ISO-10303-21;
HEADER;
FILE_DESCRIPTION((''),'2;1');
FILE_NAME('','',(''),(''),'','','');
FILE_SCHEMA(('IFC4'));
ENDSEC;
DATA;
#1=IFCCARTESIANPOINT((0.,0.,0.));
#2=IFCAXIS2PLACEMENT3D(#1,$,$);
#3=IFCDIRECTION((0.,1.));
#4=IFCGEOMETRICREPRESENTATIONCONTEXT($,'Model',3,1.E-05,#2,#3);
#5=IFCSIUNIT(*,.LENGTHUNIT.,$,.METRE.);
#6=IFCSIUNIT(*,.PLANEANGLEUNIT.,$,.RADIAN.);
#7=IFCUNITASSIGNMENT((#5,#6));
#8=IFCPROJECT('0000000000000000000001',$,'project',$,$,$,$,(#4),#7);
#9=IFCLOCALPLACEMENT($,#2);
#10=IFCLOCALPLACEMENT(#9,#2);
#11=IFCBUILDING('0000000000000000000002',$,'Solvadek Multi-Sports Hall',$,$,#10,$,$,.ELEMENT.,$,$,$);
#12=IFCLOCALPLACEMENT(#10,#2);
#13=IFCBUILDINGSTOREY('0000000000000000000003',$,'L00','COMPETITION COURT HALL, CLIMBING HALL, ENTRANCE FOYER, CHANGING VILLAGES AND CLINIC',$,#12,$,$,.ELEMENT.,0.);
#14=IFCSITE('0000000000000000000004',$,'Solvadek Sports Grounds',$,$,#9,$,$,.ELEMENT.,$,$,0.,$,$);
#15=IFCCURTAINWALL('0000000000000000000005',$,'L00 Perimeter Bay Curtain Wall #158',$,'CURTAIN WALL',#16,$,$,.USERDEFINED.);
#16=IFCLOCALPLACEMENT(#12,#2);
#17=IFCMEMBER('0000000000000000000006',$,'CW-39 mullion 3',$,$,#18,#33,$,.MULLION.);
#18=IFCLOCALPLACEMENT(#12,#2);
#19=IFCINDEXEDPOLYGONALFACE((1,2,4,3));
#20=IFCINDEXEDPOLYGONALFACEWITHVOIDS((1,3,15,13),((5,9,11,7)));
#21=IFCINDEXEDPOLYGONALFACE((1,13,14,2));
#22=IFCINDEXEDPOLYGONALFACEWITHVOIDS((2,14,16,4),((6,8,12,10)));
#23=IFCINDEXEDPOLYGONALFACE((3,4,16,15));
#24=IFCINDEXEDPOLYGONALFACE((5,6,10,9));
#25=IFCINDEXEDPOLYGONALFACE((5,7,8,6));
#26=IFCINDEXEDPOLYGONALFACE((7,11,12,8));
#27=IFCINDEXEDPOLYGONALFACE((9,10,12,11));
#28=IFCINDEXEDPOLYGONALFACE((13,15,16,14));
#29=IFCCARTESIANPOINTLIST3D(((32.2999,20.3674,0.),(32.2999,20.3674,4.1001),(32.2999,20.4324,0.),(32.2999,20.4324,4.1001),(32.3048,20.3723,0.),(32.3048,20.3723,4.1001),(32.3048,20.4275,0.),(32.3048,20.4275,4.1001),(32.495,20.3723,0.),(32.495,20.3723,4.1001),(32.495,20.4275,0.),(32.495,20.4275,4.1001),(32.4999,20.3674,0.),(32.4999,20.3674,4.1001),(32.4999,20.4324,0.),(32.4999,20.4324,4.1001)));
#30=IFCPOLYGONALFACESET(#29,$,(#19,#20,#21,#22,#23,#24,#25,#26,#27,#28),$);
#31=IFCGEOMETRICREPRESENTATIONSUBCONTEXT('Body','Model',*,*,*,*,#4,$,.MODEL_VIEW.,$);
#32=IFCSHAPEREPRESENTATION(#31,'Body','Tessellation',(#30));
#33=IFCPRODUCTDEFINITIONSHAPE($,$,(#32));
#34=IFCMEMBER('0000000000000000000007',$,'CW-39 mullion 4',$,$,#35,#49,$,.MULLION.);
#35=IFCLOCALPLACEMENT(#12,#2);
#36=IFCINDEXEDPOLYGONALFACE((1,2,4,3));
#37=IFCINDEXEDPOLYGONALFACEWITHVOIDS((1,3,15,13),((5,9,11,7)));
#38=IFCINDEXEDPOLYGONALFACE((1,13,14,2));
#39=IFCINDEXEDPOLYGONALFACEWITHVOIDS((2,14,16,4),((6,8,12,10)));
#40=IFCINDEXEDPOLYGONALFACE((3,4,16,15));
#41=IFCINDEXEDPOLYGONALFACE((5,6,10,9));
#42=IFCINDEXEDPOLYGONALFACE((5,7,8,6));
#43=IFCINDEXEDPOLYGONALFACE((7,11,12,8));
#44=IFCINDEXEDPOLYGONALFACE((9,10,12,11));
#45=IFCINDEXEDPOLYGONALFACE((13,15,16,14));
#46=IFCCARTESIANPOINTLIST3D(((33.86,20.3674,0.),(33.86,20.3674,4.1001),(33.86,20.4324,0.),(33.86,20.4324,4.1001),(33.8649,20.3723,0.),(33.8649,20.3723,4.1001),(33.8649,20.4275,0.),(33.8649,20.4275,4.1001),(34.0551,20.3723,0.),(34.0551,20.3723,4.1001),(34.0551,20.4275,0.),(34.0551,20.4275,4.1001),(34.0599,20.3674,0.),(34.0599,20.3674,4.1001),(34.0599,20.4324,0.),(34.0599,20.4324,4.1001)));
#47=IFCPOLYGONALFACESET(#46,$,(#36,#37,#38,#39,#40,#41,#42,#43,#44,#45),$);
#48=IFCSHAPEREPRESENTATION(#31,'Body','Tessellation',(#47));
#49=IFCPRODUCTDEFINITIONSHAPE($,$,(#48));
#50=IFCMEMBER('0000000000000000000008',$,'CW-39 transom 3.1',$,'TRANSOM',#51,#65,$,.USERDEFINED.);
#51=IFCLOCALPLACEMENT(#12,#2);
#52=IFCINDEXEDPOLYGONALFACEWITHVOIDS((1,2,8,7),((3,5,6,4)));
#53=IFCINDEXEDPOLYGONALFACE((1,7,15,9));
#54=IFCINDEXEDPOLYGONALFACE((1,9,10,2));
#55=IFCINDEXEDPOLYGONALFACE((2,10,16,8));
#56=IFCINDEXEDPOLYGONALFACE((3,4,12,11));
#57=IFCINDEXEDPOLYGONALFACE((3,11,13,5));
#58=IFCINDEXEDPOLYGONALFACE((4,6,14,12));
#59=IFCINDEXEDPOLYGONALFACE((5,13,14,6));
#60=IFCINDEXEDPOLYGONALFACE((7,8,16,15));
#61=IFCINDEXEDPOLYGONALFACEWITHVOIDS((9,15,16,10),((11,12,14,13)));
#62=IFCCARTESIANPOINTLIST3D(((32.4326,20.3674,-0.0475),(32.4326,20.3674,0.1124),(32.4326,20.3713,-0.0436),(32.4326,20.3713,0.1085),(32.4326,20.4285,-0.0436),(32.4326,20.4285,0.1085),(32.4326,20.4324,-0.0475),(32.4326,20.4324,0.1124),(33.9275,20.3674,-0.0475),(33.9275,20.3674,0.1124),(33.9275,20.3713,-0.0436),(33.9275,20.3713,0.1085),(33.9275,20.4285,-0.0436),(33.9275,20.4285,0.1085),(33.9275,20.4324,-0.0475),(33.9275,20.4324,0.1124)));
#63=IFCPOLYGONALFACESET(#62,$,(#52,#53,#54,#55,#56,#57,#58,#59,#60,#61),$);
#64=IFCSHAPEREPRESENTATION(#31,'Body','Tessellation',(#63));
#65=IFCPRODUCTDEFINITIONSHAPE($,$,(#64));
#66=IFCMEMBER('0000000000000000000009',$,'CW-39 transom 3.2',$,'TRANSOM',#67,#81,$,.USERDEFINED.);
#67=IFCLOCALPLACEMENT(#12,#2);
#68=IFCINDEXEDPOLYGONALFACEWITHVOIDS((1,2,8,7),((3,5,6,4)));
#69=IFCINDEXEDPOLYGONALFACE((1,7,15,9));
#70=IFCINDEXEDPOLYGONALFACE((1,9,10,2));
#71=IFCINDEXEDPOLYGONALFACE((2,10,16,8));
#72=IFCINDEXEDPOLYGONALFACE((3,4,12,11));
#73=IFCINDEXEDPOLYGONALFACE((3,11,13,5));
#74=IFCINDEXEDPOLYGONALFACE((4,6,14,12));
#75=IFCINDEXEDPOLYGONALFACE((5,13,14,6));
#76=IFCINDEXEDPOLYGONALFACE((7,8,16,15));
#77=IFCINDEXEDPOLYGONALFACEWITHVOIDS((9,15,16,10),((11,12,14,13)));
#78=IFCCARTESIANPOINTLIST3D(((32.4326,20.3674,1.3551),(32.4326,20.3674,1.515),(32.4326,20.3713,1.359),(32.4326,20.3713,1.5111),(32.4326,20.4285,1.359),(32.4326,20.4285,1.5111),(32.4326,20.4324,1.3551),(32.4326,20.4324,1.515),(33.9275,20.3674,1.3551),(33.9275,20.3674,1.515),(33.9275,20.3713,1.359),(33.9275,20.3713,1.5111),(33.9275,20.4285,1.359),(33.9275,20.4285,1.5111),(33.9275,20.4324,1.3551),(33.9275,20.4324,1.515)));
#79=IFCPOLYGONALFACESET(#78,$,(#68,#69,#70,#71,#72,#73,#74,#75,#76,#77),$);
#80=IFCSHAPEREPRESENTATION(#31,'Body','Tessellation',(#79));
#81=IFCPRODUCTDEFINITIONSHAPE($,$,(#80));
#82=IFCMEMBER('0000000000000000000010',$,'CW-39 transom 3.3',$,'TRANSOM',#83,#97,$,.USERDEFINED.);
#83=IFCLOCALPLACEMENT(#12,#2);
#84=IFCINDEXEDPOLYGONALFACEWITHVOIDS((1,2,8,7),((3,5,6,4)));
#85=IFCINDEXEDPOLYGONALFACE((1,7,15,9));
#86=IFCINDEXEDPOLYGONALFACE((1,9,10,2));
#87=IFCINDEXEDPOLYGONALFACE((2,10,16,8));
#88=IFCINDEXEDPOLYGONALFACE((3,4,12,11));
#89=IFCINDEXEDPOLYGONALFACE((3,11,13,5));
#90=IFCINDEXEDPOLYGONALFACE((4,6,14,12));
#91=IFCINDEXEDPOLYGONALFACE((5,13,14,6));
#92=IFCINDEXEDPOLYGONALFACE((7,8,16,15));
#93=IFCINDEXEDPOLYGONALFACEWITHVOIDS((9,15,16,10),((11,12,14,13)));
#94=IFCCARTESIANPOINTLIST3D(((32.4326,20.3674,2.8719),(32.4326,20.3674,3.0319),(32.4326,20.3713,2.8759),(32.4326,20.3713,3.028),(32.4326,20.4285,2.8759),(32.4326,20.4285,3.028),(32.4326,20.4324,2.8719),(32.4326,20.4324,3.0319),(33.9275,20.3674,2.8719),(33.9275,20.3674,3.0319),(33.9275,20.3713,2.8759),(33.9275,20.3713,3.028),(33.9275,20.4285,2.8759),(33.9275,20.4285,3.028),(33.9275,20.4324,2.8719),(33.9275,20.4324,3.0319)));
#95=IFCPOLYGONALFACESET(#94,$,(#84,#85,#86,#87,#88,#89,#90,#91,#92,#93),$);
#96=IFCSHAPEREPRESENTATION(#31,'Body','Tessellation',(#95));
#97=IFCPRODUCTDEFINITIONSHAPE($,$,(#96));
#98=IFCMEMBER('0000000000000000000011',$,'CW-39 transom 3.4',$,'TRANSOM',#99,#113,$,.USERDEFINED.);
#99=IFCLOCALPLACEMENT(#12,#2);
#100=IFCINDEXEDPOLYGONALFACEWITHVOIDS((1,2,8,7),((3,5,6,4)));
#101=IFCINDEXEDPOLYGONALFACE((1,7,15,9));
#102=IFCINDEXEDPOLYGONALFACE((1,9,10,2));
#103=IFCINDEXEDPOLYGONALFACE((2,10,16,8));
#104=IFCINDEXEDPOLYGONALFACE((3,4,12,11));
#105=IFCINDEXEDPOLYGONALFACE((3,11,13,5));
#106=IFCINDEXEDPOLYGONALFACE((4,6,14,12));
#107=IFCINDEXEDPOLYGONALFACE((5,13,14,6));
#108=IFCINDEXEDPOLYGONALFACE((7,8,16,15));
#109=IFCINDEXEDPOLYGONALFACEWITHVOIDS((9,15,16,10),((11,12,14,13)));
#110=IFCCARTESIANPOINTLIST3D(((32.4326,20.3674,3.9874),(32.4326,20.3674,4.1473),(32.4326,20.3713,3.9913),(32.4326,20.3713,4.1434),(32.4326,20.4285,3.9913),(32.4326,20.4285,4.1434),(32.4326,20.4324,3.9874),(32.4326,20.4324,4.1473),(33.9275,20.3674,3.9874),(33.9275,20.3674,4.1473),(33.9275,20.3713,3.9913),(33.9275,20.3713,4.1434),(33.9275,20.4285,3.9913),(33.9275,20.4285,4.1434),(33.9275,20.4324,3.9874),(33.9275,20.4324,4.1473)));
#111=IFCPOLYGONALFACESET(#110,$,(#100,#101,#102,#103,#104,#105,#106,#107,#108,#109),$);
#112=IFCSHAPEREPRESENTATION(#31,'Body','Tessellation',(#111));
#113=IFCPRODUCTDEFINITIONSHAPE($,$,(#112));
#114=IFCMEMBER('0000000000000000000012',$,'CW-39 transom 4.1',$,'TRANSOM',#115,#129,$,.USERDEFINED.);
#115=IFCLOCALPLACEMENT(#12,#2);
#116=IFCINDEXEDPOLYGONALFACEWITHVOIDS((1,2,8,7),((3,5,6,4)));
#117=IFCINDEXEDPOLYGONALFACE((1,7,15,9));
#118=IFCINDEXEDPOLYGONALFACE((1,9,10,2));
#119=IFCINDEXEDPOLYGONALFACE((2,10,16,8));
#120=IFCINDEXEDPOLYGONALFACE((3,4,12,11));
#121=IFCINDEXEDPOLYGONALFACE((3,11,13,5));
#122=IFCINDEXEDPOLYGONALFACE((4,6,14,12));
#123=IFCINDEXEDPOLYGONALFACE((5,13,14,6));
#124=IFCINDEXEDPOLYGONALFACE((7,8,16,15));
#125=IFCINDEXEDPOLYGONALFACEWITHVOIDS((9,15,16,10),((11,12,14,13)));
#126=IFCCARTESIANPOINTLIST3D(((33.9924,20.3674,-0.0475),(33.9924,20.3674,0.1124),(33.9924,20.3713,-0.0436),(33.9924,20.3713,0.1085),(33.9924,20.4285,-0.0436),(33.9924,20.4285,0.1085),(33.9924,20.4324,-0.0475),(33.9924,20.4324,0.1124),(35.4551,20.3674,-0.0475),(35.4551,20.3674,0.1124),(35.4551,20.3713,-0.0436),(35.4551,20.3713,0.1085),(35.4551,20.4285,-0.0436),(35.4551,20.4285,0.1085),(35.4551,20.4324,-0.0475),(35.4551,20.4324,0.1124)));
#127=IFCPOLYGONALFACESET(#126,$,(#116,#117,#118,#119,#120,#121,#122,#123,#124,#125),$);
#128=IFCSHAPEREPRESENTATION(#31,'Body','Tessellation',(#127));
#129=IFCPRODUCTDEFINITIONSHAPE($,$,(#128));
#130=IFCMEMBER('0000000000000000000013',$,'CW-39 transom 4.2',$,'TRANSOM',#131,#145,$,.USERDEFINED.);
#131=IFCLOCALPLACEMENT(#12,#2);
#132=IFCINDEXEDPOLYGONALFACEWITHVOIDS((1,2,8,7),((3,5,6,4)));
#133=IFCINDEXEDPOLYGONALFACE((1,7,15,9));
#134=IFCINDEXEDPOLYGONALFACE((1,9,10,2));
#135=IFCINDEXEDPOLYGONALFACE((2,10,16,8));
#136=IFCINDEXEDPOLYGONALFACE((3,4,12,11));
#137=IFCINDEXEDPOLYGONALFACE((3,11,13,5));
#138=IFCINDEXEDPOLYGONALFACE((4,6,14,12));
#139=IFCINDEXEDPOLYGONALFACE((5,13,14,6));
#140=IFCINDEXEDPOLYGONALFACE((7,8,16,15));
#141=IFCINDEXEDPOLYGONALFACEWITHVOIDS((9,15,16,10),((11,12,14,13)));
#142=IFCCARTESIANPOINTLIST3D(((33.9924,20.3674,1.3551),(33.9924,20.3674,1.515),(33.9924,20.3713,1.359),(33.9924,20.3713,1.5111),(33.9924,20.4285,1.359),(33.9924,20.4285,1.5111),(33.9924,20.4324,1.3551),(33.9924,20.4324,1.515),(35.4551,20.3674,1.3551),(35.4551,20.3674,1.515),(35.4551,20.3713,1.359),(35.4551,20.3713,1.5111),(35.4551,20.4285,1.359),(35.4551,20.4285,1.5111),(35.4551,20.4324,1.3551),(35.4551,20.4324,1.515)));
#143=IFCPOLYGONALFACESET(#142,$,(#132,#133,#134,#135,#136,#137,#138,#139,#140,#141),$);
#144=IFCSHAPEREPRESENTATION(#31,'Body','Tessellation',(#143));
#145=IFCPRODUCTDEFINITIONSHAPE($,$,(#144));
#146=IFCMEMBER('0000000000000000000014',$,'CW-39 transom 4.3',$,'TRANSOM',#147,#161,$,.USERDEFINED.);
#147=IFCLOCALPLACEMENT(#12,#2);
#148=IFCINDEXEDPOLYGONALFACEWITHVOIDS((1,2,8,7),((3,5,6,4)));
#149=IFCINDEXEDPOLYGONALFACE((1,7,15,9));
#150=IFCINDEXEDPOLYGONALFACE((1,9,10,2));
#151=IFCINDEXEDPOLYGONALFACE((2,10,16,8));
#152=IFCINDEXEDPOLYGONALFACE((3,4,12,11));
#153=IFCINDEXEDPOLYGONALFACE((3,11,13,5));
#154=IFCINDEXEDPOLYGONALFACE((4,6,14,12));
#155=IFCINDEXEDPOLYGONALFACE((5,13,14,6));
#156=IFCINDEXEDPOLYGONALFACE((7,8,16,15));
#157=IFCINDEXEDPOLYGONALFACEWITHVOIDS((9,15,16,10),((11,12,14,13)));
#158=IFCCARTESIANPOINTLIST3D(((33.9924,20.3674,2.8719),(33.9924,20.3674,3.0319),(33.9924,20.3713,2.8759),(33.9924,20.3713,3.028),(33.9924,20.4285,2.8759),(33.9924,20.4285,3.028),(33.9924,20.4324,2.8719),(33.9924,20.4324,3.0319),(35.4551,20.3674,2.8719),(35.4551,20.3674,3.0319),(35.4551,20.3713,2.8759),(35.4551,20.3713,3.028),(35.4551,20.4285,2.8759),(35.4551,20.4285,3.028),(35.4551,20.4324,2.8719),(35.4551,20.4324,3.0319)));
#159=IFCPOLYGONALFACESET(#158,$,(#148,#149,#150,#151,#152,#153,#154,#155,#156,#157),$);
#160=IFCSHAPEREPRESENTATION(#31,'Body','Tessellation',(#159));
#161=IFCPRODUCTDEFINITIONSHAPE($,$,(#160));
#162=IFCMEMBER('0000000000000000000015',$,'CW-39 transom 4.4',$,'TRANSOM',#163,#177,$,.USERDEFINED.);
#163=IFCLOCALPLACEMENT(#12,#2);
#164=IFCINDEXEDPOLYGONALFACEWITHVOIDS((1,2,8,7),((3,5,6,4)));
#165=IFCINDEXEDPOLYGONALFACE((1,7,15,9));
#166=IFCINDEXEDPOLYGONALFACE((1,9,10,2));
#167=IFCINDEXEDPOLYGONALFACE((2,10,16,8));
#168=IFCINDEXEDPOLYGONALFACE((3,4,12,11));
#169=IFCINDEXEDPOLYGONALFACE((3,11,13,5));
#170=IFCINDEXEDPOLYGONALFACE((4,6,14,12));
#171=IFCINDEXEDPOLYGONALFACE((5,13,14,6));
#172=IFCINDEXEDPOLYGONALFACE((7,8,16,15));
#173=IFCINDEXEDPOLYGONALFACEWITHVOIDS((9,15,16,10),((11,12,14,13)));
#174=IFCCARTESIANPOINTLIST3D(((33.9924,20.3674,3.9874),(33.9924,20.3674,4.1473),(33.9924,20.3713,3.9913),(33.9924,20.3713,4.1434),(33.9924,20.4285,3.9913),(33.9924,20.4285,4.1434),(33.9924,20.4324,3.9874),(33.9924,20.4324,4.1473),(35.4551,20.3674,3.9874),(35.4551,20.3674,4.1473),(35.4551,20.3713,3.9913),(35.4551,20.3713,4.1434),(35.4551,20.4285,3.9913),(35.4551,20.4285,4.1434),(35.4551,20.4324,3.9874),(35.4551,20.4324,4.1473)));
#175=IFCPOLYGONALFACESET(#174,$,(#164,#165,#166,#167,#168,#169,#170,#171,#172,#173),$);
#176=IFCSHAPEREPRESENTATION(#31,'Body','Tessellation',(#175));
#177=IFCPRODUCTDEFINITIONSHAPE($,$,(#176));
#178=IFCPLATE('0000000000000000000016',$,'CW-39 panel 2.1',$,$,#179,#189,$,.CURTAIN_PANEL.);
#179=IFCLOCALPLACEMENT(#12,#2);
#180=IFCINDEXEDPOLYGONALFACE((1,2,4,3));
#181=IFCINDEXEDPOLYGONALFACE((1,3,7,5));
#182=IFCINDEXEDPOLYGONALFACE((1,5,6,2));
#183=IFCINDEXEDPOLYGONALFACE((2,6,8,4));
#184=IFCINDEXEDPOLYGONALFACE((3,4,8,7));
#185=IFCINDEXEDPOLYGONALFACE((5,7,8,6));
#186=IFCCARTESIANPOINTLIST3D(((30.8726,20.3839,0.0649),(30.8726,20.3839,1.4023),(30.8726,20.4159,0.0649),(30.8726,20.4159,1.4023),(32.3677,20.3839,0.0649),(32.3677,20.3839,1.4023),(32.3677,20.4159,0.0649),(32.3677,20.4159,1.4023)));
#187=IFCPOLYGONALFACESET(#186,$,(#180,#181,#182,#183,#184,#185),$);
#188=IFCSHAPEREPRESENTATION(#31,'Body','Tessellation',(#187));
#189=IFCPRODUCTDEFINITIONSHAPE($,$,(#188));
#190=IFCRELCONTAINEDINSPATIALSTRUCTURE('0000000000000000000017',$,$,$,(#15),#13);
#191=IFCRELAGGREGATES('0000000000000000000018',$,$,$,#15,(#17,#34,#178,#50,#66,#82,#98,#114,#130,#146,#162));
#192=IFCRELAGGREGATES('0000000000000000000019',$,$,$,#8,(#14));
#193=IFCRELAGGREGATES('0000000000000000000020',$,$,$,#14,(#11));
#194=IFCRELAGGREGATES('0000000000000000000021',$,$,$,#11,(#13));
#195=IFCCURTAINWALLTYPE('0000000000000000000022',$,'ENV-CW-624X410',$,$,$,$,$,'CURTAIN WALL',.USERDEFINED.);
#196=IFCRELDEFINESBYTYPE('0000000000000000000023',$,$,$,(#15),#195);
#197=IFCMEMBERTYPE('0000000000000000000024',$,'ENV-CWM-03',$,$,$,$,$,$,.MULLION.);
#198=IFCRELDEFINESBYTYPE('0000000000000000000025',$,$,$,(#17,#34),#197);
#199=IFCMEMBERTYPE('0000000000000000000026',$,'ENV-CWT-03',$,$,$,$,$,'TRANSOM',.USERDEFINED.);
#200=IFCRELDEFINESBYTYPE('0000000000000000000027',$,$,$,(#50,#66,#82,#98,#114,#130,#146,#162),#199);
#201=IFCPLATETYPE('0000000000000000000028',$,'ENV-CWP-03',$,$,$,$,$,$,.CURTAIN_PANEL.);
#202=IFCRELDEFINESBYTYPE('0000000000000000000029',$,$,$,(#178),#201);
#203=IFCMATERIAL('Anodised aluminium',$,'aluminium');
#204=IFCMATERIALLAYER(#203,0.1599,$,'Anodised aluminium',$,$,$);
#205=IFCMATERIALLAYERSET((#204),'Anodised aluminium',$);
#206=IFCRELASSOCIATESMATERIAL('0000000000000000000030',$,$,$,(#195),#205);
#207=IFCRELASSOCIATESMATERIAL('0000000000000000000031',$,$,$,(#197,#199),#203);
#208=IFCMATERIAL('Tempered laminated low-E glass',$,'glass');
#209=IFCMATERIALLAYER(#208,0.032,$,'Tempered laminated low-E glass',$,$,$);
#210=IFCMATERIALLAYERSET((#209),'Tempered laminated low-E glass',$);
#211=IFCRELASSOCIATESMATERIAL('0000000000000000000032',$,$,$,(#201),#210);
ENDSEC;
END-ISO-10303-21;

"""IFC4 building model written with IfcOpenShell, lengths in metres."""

from ifc_helpers import new_model, si_unit, direction, frame, origin, origin_2d, place, context, subcontext, project, spatial, rectangle, hollow_rectangle, extrude, material, layer, layer_set, material_profile, profile_set, type_object, element, aggregate, save


model = new_model("IFC4")

# Units and contexts
model_context = context("Model", 3, precision=1e-05, world=origin(), true_north=direction((0.0, 1.0)))
body_context = subcontext(model_context, "Body", "Model", "MODEL_VIEW")
ifc_project = project(units=[si_unit("LENGTHUNIT", "METRE"), si_unit("PLANEANGLEUNIT", "RADIAN")], contexts=[model_context])

# Site, building, storey
site_placement = place(None, origin())
site = spatial("IfcSite", under=ifc_project, at=site_placement, Name="Solvadek Sports Grounds", CompositionType="ELEMENT", RefElevation=0.0)
building_placement = place(site_placement, origin())
building = spatial("IfcBuilding", under=site, at=building_placement, Name="Solvadek Multi-Sports Hall", CompositionType="ELEMENT")
storey_placement = place(building_placement, origin())
storey = spatial("IfcBuildingStorey", under=building, at=storey_placement, Name="L00", Description="COMPETITION COURT HALL, CLIMBING HALL, ENTRANCE FOYER, CHANGING VILLAGES AND CLINIC", CompositionType="ELEMENT", Elevation=0.0)

# Curtain wall, members, plate
ifc_material_1 = material(Name="Anodised aluminium", Category="aluminium")
ifc_layer_1 = layer(ifc_material_1, 0.1599, Name="Anodised aluminium")
ifc_layer_set_1 = layer_set([ifc_layer_1], Name="Anodised aluminium")
curtain_wall_type = type_object("IfcCurtainWallType", Name="ENV-CW-624X410", ElementType="CURTAIN WALL", PredefinedType="USERDEFINED", material=ifc_layer_set_1)
curtain_wall_placement = place(storey_placement, origin())
curtain_wall = element("IfcCurtainWall", 1, at=curtain_wall_placement, inside=storey, type_object=curtain_wall_type, Name="L00 Perimeter Bay Curtain Wall #158", ObjectType="CURTAIN WALL", PredefinedType="USERDEFINED")
ifc_material_profile_1 = material_profile(ifc_material_1, hollow_rectangle(XDim=0.0649, YDim=0.2, WallThickness=0.0049, at=origin_2d()), Name="ALU-M 200x65x5")
ifc_profile_set_1 = profile_set([ifc_material_profile_1], Name="Anodised aluminium")
member_type_1 = type_object("IfcMemberType", Name="ENV-CWM-03", PredefinedType="MULLION", material=ifc_profile_set_1)
member_1_placement = place(storey_placement, frame((32.3999, 20.3999, 0.0), z_axis=(0.0, 0.0, 1.0), x_axis=(0.0, 1.0, 0.0)))
member_1 = element("IfcMember", 2, at=member_1_placement, type_object=member_type_1, Name="CW-39 mullion 3", PredefinedType="MULLION", context=body_context, shape_type="SweptSolid", body=[
    extrude(hollow_rectangle(XDim=0.0649, YDim=0.2, WallThickness=0.0049, at=origin_2d()), origin(), (0.0, 0.0, 1.0), 4.1001),
])
member_2_placement = place(storey_placement, frame((33.96, 20.3999, 0.0), z_axis=(0.0, 0.0, 1.0), x_axis=(0.0, 1.0, 0.0)))
member_2 = element("IfcMember", 3, at=member_2_placement, type_object=member_type_1, Name="CW-39 mullion 4", PredefinedType="MULLION", context=body_context, shape_type="SweptSolid", body=[
    extrude(hollow_rectangle(XDim=0.0649, YDim=0.2, WallThickness=0.0049, at=origin_2d()), origin(), (0.0, 0.0, 1.0), 4.1001),
])
ifc_material_profile_2 = material_profile(ifc_material_1, hollow_rectangle(XDim=0.0649, YDim=0.1599, WallThickness=0.0039, at=origin_2d()), Name="ALU-T 160x65x4")
ifc_profile_set_2 = profile_set([ifc_material_profile_2], Name="Anodised aluminium")
member_type_2 = type_object("IfcMemberType", Name="ENV-CWT-03", ElementType="TRANSOM", PredefinedType="USERDEFINED", material=ifc_profile_set_2)
member_3_placement = place(storey_placement, frame((32.4326, 20.3999, 0.0325), z_axis=(1.0, 0.0, 0.0), x_axis=(0.0, 1.0, 0.0)))
member_3 = element("IfcMember", 4, at=member_3_placement, type_object=member_type_2, Name="CW-39 transom 3.1", ObjectType="TRANSOM", PredefinedType="USERDEFINED", context=body_context, shape_type="SweptSolid", body=[
    extrude(hollow_rectangle(XDim=0.0649, YDim=0.1599, WallThickness=0.0039, at=origin_2d()), origin(), (0.0, 0.0, 1.0), 1.4949),
])
member_4_placement = place(storey_placement, frame((32.4326, 20.3999, 1.4351), z_axis=(1.0, 0.0, 0.0), x_axis=(0.0, 1.0, 0.0)))
member_4 = element("IfcMember", 5, at=member_4_placement, type_object=member_type_2, Name="CW-39 transom 3.2", ObjectType="TRANSOM", PredefinedType="USERDEFINED", context=body_context, shape_type="SweptSolid", body=[
    extrude(hollow_rectangle(XDim=0.0649, YDim=0.1599, WallThickness=0.0039, at=origin_2d()), origin(), (0.0, 0.0, 1.0), 1.4949),
])
member_5_placement = place(storey_placement, frame((32.4326, 20.3999, 2.9519), z_axis=(1.0, 0.0, 0.0), x_axis=(0.0, 1.0, 0.0)))
member_5 = element("IfcMember", 6, at=member_5_placement, type_object=member_type_2, Name="CW-39 transom 3.3", ObjectType="TRANSOM", PredefinedType="USERDEFINED", context=body_context, shape_type="SweptSolid", body=[
    extrude(hollow_rectangle(XDim=0.0649, YDim=0.1599, WallThickness=0.0039, at=origin_2d()), origin(), (0.0, 0.0, 1.0), 1.4949),
])
member_6_placement = place(storey_placement, frame((32.4326, 20.3999, 4.0674), z_axis=(1.0, 0.0, 0.0), x_axis=(0.0, 1.0, 0.0)))
member_6 = element("IfcMember", 7, at=member_6_placement, type_object=member_type_2, Name="CW-39 transom 3.4", ObjectType="TRANSOM", PredefinedType="USERDEFINED", context=body_context, shape_type="SweptSolid", body=[
    extrude(hollow_rectangle(XDim=0.0649, YDim=0.1599, WallThickness=0.0039, at=origin_2d()), origin(), (0.0, 0.0, 1.0), 1.4949),
])
member_7_placement = place(storey_placement, frame((33.9924, 20.3999, 0.0325), z_axis=(1.0, 0.0, 0.0), x_axis=(0.0, 1.0, 0.0)))
member_7 = element("IfcMember", 8, at=member_7_placement, type_object=member_type_2, Name="CW-39 transom 4.1", ObjectType="TRANSOM", PredefinedType="USERDEFINED", context=body_context, shape_type="SweptSolid", body=[
    extrude(hollow_rectangle(XDim=0.0649, YDim=0.1599, WallThickness=0.0039, at=origin_2d()), origin(), (0.0, 0.0, 1.0), 1.4626),
])
member_8_placement = place(storey_placement, frame((33.9924, 20.3999, 1.4351), z_axis=(1.0, 0.0, 0.0), x_axis=(0.0, 1.0, 0.0)))
member_8 = element("IfcMember", 9, at=member_8_placement, type_object=member_type_2, Name="CW-39 transom 4.2", ObjectType="TRANSOM", PredefinedType="USERDEFINED", context=body_context, shape_type="SweptSolid", body=[
    extrude(hollow_rectangle(XDim=0.0649, YDim=0.1599, WallThickness=0.0039, at=origin_2d()), origin(), (0.0, 0.0, 1.0), 1.4626),
])
member_9_placement = place(storey_placement, frame((33.9924, 20.3999, 2.9519), z_axis=(1.0, 0.0, 0.0), x_axis=(0.0, 1.0, 0.0)))
member_9 = element("IfcMember", 10, at=member_9_placement, type_object=member_type_2, Name="CW-39 transom 4.3", ObjectType="TRANSOM", PredefinedType="USERDEFINED", context=body_context, shape_type="SweptSolid", body=[
    extrude(hollow_rectangle(XDim=0.0649, YDim=0.1599, WallThickness=0.0039, at=origin_2d()), origin(), (0.0, 0.0, 1.0), 1.4626),
])
member_10_placement = place(storey_placement, frame((33.9924, 20.3999, 4.0674), z_axis=(1.0, 0.0, 0.0), x_axis=(0.0, 1.0, 0.0)))
member_10 = element("IfcMember", 11, at=member_10_placement, type_object=member_type_2, Name="CW-39 transom 4.4", ObjectType="TRANSOM", PredefinedType="USERDEFINED", context=body_context, shape_type="SweptSolid", body=[
    extrude(hollow_rectangle(XDim=0.0649, YDim=0.1599, WallThickness=0.0039, at=origin_2d()), origin(), (0.0, 0.0, 1.0), 1.4626),
])
ifc_material_2 = material(Name="Tempered laminated low-E glass", Category="glass")
ifc_layer_2 = layer(ifc_material_2, 0.032, Name="Tempered laminated low-E glass")
ifc_layer_set_2 = layer_set([ifc_layer_2], Name="Tempered laminated low-E glass")
plate_type = type_object("IfcPlateType", Name="ENV-CWP-03", PredefinedType="CURTAIN_PANEL", material=ifc_layer_set_2)
plate_1_placement = place(storey_placement, frame((31.6201, 20.3999, 0.0649), z_axis=(0.0, 0.0, 1.0), x_axis=(1.0, 0.0, 0.0)))
plate_1 = element("IfcPlate", 12, at=plate_1_placement, type_object=plate_type, Name="CW-39 panel 2.1", PredefinedType="CURTAIN_PANEL", context=body_context, shape_type="SweptSolid", body=[
    extrude(rectangle(XDim=1.4951, YDim=0.032, at=origin_2d()), origin(), (0.0, 0.0, 1.0), 1.3374),
])
aggregate(curtain_wall, [member_1, member_2, plate_1, member_3, member_4, member_5, member_6, member_7, member_8, member_9, member_10])

save(model, "model.ifc")
